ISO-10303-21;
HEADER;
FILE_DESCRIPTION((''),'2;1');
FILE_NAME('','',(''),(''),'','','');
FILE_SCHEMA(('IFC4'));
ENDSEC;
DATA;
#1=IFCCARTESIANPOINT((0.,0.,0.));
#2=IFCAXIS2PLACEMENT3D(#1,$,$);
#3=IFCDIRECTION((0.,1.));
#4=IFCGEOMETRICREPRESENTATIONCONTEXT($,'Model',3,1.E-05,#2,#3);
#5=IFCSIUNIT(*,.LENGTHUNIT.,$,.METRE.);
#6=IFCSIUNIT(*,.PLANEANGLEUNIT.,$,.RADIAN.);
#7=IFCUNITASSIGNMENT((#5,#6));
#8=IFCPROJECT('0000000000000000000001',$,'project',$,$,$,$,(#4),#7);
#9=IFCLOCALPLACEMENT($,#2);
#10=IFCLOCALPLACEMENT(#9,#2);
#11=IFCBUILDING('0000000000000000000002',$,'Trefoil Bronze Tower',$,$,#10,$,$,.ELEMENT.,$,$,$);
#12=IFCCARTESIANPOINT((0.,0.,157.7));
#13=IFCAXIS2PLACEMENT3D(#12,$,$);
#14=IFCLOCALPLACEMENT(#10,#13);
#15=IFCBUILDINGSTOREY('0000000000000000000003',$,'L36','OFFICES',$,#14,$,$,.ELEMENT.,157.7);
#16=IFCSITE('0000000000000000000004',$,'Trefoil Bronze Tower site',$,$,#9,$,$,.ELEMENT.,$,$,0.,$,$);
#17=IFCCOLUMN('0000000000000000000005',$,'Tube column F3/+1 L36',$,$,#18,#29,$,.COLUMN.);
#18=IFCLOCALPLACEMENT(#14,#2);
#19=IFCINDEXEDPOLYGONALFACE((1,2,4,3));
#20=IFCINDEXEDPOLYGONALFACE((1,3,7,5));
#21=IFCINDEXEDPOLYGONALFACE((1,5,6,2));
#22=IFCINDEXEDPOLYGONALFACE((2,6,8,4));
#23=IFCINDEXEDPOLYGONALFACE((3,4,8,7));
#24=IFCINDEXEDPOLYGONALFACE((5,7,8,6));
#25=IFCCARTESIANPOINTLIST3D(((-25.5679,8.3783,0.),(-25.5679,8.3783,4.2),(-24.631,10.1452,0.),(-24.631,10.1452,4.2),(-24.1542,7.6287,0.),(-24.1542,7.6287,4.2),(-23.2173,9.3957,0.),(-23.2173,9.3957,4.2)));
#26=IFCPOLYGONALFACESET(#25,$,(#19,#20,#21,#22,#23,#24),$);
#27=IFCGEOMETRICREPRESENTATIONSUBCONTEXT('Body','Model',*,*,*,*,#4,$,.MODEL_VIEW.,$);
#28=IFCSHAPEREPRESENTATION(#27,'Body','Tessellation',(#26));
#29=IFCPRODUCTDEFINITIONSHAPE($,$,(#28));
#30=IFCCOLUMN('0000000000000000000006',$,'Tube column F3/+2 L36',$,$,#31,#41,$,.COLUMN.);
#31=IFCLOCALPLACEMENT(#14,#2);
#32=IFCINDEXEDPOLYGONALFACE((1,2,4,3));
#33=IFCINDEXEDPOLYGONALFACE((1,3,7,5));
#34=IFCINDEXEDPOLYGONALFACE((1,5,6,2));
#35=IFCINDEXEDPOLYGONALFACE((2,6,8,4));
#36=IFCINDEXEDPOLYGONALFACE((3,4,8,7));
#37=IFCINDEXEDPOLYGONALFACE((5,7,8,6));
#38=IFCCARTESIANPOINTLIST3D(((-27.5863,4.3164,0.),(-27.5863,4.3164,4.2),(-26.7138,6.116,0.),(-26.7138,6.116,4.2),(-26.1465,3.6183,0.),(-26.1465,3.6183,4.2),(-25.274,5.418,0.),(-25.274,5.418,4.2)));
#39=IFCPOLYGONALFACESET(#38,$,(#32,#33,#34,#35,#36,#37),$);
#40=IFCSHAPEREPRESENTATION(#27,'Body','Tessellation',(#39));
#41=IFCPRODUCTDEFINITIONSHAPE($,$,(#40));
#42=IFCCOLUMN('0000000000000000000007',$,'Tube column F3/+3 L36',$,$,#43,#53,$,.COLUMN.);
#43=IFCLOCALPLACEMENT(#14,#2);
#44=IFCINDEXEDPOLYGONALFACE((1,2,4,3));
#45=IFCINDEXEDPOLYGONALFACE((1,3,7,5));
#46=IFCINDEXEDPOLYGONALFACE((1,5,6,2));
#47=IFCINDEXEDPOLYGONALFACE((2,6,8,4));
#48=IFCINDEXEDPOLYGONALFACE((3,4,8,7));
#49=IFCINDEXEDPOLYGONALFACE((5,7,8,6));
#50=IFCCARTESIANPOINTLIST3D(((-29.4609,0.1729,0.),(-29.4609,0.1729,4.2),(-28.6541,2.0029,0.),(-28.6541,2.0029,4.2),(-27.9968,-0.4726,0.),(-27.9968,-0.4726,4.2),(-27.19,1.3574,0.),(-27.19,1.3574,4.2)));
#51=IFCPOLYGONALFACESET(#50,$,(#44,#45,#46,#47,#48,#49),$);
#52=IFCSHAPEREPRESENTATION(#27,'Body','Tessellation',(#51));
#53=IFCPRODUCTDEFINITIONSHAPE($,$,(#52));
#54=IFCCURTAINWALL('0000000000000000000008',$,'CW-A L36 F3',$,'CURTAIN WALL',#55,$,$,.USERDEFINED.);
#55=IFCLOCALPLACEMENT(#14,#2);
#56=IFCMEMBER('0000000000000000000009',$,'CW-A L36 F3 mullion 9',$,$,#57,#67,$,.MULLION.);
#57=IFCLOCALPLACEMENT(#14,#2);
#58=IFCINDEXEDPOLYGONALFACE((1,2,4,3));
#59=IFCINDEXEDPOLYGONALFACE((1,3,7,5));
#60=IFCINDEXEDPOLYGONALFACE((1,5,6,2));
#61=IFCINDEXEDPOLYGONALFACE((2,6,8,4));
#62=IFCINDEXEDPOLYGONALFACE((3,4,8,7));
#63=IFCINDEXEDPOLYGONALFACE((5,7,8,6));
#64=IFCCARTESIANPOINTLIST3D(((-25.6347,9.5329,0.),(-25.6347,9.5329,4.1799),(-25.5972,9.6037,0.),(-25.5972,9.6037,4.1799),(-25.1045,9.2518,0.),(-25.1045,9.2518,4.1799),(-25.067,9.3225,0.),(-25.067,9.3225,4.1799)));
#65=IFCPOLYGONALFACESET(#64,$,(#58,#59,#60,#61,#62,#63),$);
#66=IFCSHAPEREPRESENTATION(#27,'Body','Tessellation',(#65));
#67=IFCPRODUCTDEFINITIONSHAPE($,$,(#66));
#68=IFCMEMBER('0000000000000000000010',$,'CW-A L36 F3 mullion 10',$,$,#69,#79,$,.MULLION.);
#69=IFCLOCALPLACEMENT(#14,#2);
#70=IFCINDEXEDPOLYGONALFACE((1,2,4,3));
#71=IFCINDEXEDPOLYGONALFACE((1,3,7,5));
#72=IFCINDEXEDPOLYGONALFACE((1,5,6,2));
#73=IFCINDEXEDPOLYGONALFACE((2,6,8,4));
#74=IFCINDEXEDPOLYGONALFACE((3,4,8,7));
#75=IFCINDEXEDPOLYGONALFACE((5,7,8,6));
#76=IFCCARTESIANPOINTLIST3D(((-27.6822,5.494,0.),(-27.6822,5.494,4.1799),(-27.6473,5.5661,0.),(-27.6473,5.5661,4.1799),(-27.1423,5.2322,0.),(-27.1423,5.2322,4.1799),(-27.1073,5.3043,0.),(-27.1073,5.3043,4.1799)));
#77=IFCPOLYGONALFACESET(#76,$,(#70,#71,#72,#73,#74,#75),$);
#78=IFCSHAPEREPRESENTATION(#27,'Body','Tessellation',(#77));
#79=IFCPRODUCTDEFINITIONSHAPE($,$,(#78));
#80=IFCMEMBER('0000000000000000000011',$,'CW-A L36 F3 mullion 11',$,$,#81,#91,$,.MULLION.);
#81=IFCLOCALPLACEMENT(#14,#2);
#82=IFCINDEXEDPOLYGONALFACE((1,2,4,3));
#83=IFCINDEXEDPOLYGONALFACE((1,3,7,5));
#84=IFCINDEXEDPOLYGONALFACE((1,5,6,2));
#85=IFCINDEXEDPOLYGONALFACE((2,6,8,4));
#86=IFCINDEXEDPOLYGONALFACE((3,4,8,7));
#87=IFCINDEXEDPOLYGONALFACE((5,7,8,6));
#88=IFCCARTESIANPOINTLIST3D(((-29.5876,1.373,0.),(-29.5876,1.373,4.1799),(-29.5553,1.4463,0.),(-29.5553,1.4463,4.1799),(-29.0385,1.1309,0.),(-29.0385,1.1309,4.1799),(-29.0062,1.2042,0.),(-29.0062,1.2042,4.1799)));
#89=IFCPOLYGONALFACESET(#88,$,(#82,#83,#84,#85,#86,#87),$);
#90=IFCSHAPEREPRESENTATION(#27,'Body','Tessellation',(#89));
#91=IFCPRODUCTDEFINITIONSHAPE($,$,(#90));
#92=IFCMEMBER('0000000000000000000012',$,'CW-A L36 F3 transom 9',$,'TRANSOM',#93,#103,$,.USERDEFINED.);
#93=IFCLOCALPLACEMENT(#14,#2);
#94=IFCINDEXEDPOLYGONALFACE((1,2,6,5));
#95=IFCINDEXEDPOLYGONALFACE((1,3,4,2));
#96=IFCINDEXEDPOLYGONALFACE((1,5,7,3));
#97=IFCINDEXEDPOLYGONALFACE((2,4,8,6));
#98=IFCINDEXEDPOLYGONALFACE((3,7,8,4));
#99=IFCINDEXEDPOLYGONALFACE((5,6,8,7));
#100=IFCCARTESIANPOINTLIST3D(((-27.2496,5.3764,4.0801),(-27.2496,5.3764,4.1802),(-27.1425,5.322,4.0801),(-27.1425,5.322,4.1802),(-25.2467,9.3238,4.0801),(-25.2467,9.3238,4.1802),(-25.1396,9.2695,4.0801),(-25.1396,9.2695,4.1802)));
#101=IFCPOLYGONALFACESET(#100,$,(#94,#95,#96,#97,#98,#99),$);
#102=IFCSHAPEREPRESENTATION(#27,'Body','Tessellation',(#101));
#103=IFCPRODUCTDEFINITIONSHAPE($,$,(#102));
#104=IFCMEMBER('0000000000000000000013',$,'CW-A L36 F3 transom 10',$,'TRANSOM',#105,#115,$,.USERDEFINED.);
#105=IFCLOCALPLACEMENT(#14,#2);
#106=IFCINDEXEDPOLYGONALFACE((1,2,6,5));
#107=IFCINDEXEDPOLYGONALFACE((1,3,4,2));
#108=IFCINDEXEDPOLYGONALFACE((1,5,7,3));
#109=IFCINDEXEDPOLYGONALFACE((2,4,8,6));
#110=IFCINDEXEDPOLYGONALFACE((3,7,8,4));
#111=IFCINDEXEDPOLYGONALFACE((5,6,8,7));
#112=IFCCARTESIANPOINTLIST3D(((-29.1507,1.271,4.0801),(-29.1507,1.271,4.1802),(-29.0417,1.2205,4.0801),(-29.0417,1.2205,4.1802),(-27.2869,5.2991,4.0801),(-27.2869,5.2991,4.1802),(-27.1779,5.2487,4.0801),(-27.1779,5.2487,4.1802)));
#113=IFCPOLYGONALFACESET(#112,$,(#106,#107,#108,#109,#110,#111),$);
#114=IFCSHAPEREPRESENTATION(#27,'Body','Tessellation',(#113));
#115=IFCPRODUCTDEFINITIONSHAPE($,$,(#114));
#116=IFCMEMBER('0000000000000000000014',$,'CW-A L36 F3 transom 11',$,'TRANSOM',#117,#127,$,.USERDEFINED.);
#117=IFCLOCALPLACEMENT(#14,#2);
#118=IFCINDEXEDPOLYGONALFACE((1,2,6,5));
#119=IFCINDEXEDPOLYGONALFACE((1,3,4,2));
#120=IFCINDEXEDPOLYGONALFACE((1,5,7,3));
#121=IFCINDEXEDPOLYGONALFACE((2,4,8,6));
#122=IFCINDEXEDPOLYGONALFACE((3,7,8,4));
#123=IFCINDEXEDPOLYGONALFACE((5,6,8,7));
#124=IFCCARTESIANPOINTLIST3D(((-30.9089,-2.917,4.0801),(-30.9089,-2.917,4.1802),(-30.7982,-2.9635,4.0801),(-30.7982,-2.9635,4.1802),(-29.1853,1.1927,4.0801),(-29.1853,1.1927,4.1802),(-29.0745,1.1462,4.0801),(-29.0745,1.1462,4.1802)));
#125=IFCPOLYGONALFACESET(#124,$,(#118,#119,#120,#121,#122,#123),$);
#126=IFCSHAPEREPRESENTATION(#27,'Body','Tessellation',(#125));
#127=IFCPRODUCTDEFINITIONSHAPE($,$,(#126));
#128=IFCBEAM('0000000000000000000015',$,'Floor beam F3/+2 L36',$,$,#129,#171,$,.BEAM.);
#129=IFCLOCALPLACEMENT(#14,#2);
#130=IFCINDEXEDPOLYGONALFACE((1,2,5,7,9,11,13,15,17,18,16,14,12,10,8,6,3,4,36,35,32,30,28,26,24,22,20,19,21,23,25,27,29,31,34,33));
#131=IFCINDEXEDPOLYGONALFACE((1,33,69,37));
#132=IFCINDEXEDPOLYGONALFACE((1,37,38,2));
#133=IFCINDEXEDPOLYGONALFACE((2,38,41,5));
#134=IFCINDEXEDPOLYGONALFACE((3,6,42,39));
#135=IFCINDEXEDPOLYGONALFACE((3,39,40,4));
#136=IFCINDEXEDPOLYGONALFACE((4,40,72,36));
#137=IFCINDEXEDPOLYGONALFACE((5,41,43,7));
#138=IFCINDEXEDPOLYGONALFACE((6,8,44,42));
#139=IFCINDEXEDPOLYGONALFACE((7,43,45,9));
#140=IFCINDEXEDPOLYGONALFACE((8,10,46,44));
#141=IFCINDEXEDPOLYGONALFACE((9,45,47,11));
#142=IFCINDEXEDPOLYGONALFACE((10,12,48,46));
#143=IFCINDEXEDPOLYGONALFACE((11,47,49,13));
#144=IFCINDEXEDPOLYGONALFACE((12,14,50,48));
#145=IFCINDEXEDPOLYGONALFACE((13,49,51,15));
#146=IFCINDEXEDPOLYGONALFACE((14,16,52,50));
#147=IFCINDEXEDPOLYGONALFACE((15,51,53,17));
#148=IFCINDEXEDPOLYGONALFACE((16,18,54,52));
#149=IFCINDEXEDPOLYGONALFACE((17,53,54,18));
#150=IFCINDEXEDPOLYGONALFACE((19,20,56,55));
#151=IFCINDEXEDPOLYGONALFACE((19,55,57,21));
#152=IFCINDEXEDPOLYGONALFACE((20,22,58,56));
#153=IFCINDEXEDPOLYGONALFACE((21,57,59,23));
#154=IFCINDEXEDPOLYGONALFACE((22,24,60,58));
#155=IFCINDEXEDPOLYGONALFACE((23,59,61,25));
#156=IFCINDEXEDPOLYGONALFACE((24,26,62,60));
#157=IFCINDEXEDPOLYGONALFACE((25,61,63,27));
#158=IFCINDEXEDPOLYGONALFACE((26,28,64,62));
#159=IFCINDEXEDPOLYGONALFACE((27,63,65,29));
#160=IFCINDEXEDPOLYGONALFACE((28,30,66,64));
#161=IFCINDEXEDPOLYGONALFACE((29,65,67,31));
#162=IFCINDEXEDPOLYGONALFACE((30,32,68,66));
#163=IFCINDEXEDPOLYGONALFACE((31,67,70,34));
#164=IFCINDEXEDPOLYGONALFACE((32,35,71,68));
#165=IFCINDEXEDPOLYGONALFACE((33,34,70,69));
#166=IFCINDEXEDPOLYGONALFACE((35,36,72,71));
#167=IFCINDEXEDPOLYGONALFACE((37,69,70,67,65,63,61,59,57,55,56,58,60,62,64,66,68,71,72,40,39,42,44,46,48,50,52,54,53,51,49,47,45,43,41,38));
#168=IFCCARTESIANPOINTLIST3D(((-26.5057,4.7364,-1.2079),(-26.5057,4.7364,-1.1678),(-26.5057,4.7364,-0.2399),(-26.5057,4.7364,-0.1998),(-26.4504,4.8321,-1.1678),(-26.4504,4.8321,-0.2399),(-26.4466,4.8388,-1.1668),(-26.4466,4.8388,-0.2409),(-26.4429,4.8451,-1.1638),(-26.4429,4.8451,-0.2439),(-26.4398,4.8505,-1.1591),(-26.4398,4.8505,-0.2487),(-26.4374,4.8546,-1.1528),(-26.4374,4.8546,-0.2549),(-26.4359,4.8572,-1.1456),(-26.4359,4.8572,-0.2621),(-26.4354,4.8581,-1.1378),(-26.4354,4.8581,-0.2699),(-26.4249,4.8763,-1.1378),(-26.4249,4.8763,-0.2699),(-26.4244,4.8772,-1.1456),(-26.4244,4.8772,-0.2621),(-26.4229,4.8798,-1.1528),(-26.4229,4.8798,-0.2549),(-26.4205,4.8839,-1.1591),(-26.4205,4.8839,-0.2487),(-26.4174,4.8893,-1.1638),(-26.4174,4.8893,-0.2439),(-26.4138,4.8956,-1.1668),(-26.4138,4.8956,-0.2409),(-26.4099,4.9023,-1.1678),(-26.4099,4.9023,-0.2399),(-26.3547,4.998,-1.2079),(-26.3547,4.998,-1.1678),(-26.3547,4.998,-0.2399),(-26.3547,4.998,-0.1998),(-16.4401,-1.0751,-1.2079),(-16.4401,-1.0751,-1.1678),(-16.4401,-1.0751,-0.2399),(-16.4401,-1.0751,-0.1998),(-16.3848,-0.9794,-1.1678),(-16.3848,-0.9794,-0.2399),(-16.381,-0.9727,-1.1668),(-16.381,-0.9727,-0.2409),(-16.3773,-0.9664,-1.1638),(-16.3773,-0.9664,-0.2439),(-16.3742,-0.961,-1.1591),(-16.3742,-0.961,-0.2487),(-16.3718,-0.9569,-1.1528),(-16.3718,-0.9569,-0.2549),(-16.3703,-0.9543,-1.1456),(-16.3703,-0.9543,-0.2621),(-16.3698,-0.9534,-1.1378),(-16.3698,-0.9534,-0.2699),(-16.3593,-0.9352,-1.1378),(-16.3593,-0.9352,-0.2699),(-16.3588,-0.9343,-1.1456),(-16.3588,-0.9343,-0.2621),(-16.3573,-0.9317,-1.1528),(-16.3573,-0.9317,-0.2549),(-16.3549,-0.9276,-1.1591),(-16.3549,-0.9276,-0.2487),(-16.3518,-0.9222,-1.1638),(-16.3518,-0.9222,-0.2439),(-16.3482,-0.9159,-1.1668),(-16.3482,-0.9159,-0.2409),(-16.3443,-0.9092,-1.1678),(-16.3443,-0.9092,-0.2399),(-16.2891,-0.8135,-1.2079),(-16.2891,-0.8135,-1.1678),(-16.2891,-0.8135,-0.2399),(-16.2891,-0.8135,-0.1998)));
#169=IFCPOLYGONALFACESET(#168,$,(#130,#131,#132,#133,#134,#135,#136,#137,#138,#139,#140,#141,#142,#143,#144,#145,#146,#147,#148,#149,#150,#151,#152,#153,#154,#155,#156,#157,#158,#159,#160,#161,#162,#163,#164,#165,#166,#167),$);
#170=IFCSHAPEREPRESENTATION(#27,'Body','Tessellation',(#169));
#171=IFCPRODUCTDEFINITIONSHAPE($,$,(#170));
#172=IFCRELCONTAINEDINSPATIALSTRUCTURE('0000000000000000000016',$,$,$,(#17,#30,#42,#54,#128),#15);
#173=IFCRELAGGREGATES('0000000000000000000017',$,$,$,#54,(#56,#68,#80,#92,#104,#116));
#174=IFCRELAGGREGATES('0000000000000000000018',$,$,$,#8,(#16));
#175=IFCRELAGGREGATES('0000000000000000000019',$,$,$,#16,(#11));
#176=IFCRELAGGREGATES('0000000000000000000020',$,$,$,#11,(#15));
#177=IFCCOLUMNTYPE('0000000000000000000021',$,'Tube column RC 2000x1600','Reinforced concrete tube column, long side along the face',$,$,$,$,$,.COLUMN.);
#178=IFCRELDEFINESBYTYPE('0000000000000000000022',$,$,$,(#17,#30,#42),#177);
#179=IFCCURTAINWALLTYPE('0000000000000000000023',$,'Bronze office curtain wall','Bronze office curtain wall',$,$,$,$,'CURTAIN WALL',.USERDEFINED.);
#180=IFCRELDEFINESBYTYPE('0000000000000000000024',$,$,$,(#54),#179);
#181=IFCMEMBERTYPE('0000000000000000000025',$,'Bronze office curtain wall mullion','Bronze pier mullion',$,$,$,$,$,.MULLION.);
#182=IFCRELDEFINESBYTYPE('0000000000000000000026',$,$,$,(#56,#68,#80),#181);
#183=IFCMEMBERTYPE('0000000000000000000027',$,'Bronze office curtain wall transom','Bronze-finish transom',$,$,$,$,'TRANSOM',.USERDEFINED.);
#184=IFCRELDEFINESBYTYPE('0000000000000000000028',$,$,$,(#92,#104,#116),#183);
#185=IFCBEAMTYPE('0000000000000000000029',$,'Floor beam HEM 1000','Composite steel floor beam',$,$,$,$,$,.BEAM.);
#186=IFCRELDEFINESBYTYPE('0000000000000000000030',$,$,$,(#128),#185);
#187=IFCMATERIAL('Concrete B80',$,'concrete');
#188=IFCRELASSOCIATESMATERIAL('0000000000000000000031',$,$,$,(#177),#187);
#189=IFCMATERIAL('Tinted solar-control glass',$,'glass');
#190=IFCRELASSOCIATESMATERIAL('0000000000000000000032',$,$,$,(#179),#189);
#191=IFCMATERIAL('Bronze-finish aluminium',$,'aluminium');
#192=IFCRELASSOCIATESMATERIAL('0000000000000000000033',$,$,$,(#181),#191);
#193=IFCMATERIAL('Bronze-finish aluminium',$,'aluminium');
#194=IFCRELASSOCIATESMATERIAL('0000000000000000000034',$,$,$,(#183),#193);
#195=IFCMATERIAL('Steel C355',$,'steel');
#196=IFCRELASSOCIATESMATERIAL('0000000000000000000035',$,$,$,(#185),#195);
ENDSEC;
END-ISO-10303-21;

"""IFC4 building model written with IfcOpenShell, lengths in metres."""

from ifc_helpers import new_model, si_unit, direction, frame, origin, origin_2d, place, context, subcontext, project, spatial, rectangle, i_section, extrude, material, material_profile, profile_set, type_object, element, aggregate, save


model = new_model("IFC4")

# Units and contexts
model_context = context("Model", 3, precision=1e-05, world=origin(), true_north=direction((0.0, 1.0)))
body_context = subcontext(model_context, "Body", "Model", "MODEL_VIEW")
ifc_project = project(units=[si_unit("LENGTHUNIT", "METRE"), si_unit("PLANEANGLEUNIT", "RADIAN")], contexts=[model_context])

# Site, building, storey
site_placement = place(None, origin())
site = spatial("IfcSite", under=ifc_project, at=site_placement, Name="Trefoil Bronze Tower site", CompositionType="ELEMENT", RefElevation=0.0)
building_placement = place(site_placement, origin())
building = spatial("IfcBuilding", under=site, at=building_placement, Name="Trefoil Bronze Tower", CompositionType="ELEMENT")
storey_placement = place(building_placement, frame((0.0, 0.0, 157.7)))
storey = spatial("IfcBuildingStorey", under=building, at=storey_placement, Name="L36", Description="OFFICES", CompositionType="ELEMENT", Elevation=157.7)

# Columns
ifc_material_1 = material(Name="Concrete B80", Category="concrete")
ifc_material_profile_1 = material_profile(ifc_material_1, rectangle(XDim=2.0, YDim=1.6001, at=origin_2d()), Name="RC 2000x1600")
ifc_profile_set_1 = profile_set([ifc_material_profile_1], Name="Concrete B80")
column_type = type_object("IfcColumnType", Name="Tube column RC 2000x1600", Description="Reinforced concrete tube column, long side along the face", PredefinedType="COLUMN", material=ifc_profile_set_1)
for number, where, z_axis, x_axis, name in (
    (1, (-24.3926, 8.887, 0.0), (0.0, 0.0, 1.0), (-0.468457, -0.883486, 0.0), "Tube column F3/+1 L36"),
    (2, (-26.4302, 4.8672, 0.0), (0.0, 0.0, 1.0), (-0.436262, -0.89982, 0.0), "Tube column F3/+2 L36"),
    (3, (-28.3254, 0.7651, 0.0), (0.0, 0.0, 1.0), (-0.403412, -0.915018, 0.0), "Tube column F3/+3 L36"),
):
    element("IfcColumn", number, at=place(storey_placement, frame(where, z_axis=z_axis, x_axis=x_axis)), inside=storey, type_object=column_type, Name=name, PredefinedType="COLUMN", context=body_context, shape_type="SweptSolid", body=[
        extrude(rectangle(XDim=2.0, YDim=1.6001, at=origin_2d()), origin(), (0.0, 0.0, 1.0), 4.2),
    ])

# Curtain wall, members
ifc_material_2 = material(Name="Tinted solar-control glass", Category="glass")
curtain_wall_type = type_object("IfcCurtainWallType", Name="Bronze office curtain wall", Description="Bronze office curtain wall", ElementType="CURTAIN WALL", PredefinedType="USERDEFINED", material=ifc_material_2)
curtain_wall_placement = place(storey_placement, origin())
curtain_wall = element("IfcCurtainWall", 4, at=curtain_wall_placement, inside=storey, type_object=curtain_wall_type, Name="CW-A L36 F3", ObjectType="CURTAIN WALL", PredefinedType="USERDEFINED")
ifc_material_3 = material(Name="Bronze-finish aluminium", Category="aluminium")
ifc_material_profile_2 = material_profile(ifc_material_3, rectangle(XDim=0.6001, YDim=0.0801, at=origin_2d()), Name="CW-A mullion")
ifc_profile_set_2 = profile_set([ifc_material_profile_2], Name="Bronze-finish aluminium")
member_type_1 = type_object("IfcMemberType", Name="Bronze office curtain wall mullion", Description="Bronze pier mullion", PredefinedType="MULLION", material=ifc_profile_set_2)
member_1_placement = place(storey_placement, frame((-25.3508, 9.4277, 0.0), z_axis=(0.0, 0.0, 1.0), x_axis=(0.883486, -0.468457, 0.0)))
member_1 = element("IfcMember", 5, at=member_1_placement, type_object=member_type_1, Name="CW-A L36 F3 mullion 9", PredefinedType="MULLION", context=body_context, shape_type="SweptSolid", body=[
    extrude(rectangle(XDim=0.6001, YDim=0.0801, at=origin_2d()), origin(), (0.0, 0.0, 1.0), 4.1799),
])
member_2_placement = place(storey_placement, frame((-27.3948, 5.3992, 0.0), z_axis=(0.0, 0.0, 1.0), x_axis=(0.89982, -0.436262, 0.0)))
member_2 = element("IfcMember", 6, at=member_2_placement, type_object=member_type_1, Name="CW-A L36 F3 mullion 10", PredefinedType="MULLION", context=body_context, shape_type="SweptSolid", body=[
    extrude(rectangle(XDim=0.6001, YDim=0.0801, at=origin_2d()), origin(), (0.0, 0.0, 1.0), 4.1799),
])
member_3_placement = place(storey_placement, frame((-29.2969, 1.2886, 0.0), z_axis=(0.0, 0.0, 1.0), x_axis=(0.915018, -0.403412, 0.0)))
member_3 = element("IfcMember", 7, at=member_3_placement, type_object=member_type_1, Name="CW-A L36 F3 mullion 11", PredefinedType="MULLION", context=body_context, shape_type="SweptSolid", body=[
    extrude(rectangle(XDim=0.6001, YDim=0.0801, at=origin_2d()), origin(), (0.0, 0.0, 1.0), 4.1799),
])
ifc_material_4 = material(Name="Bronze-finish aluminium", Category="aluminium")
ifc_material_profile_3 = material_profile(ifc_material_4, rectangle(XDim=0.1201, YDim=0.1001, at=origin_2d()), Name="CW-A transom")
ifc_profile_set_3 = profile_set([ifc_material_profile_3], Name="Bronze-finish aluminium")
member_type_2 = type_object("IfcMemberType", Name="Bronze office curtain wall transom", Description="Bronze-finish transom", ElementType="TRANSOM", PredefinedType="USERDEFINED", material=ifc_profile_set_3)
member_4_placement = place(storey_placement, frame((-25.1931, 9.2966, 4.1301), z_axis=(-0.452478, -0.891775, 0.0), x_axis=(0.891775, -0.452478, 0.0)))
member_4 = element("IfcMember", 8, at=member_4_placement, type_object=member_type_2, Name="CW-A L36 F3 transom 9", ObjectType="TRANSOM", PredefinedType="USERDEFINED", context=body_context, shape_type="SweptSolid", body=[
    extrude(rectangle(XDim=0.1201, YDim=0.1001, at=origin_2d()), origin(), (0.0, 0.0, 1.0), 4.4265),
])
member_5_placement = place(storey_placement, frame((-27.2324, 5.2739, 4.1301), z_axis=(-0.419923, -0.90756, 0.0), x_axis=(0.90756, -0.419923, 0.0)))
member_5 = element("IfcMember", 9, at=member_5_placement, type_object=member_type_2, Name="CW-A L36 F3 transom 10", ObjectType="TRANSOM", PredefinedType="USERDEFINED", context=body_context, shape_type="SweptSolid", body=[
    extrude(rectangle(XDim=0.1201, YDim=0.1001, at=origin_2d()), origin(), (0.0, 0.0, 1.0), 4.4385),
])
member_6_placement = place(storey_placement, frame((-29.1299, 1.1694, 4.1301), z_axis=(-0.386773, -0.922175, 0.0), x_axis=(0.922175, -0.386773, 0.0)))
member_6 = element("IfcMember", 10, at=member_6_placement, type_object=member_type_2, Name="CW-A L36 F3 transom 11", ObjectType="TRANSOM", PredefinedType="USERDEFINED", context=body_context, shape_type="SweptSolid", body=[
    extrude(rectangle(XDim=0.1201, YDim=0.1001, at=origin_2d()), origin(), (0.0, 0.0, 1.0), 4.4565),
])

# Beam
ifc_material_5 = material(Name="Steel C355", Category="steel")
ifc_material_profile_4 = material_profile(ifc_material_5, i_section(OverallWidth=0.302, OverallDepth=1.0081, WebThickness=0.021, FlangeThickness=0.04, FilletRadius=0.03, at=origin_2d()), Name="HEM 1000")
ifc_profile_set_4 = profile_set([ifc_material_profile_4], Name="Steel C355")
beam_type_1 = type_object("IfcBeamType", Name="Floor beam HEM 1000", Description="Composite steel floor beam", PredefinedType="BEAM", material=ifc_profile_set_4)
beam_1_placement = place(storey_placement, frame((-26.4302, 4.8672, -0.7039), z_axis=(0.866022, -0.500007, 0.0), x_axis=(0.500007, 0.866022, 0.0)))
element("IfcBeam", 11, at=beam_1_placement, inside=storey, type_object=beam_type_1, Name="Floor beam F3/+2 L36", PredefinedType="BEAM", context=body_context, shape_type="SweptSolid", body=[
    extrude(i_section(OverallWidth=0.302, OverallDepth=1.0081, WebThickness=0.021, FlangeThickness=0.04, FilletRadius=0.03, at=origin_2d()), origin(), (0.0, 0.0, 1.0), 11.6228),
])

aggregate(curtain_wall, [member_1, member_2, member_3, member_4, member_5, member_6])

save(model, "model.ifc")
